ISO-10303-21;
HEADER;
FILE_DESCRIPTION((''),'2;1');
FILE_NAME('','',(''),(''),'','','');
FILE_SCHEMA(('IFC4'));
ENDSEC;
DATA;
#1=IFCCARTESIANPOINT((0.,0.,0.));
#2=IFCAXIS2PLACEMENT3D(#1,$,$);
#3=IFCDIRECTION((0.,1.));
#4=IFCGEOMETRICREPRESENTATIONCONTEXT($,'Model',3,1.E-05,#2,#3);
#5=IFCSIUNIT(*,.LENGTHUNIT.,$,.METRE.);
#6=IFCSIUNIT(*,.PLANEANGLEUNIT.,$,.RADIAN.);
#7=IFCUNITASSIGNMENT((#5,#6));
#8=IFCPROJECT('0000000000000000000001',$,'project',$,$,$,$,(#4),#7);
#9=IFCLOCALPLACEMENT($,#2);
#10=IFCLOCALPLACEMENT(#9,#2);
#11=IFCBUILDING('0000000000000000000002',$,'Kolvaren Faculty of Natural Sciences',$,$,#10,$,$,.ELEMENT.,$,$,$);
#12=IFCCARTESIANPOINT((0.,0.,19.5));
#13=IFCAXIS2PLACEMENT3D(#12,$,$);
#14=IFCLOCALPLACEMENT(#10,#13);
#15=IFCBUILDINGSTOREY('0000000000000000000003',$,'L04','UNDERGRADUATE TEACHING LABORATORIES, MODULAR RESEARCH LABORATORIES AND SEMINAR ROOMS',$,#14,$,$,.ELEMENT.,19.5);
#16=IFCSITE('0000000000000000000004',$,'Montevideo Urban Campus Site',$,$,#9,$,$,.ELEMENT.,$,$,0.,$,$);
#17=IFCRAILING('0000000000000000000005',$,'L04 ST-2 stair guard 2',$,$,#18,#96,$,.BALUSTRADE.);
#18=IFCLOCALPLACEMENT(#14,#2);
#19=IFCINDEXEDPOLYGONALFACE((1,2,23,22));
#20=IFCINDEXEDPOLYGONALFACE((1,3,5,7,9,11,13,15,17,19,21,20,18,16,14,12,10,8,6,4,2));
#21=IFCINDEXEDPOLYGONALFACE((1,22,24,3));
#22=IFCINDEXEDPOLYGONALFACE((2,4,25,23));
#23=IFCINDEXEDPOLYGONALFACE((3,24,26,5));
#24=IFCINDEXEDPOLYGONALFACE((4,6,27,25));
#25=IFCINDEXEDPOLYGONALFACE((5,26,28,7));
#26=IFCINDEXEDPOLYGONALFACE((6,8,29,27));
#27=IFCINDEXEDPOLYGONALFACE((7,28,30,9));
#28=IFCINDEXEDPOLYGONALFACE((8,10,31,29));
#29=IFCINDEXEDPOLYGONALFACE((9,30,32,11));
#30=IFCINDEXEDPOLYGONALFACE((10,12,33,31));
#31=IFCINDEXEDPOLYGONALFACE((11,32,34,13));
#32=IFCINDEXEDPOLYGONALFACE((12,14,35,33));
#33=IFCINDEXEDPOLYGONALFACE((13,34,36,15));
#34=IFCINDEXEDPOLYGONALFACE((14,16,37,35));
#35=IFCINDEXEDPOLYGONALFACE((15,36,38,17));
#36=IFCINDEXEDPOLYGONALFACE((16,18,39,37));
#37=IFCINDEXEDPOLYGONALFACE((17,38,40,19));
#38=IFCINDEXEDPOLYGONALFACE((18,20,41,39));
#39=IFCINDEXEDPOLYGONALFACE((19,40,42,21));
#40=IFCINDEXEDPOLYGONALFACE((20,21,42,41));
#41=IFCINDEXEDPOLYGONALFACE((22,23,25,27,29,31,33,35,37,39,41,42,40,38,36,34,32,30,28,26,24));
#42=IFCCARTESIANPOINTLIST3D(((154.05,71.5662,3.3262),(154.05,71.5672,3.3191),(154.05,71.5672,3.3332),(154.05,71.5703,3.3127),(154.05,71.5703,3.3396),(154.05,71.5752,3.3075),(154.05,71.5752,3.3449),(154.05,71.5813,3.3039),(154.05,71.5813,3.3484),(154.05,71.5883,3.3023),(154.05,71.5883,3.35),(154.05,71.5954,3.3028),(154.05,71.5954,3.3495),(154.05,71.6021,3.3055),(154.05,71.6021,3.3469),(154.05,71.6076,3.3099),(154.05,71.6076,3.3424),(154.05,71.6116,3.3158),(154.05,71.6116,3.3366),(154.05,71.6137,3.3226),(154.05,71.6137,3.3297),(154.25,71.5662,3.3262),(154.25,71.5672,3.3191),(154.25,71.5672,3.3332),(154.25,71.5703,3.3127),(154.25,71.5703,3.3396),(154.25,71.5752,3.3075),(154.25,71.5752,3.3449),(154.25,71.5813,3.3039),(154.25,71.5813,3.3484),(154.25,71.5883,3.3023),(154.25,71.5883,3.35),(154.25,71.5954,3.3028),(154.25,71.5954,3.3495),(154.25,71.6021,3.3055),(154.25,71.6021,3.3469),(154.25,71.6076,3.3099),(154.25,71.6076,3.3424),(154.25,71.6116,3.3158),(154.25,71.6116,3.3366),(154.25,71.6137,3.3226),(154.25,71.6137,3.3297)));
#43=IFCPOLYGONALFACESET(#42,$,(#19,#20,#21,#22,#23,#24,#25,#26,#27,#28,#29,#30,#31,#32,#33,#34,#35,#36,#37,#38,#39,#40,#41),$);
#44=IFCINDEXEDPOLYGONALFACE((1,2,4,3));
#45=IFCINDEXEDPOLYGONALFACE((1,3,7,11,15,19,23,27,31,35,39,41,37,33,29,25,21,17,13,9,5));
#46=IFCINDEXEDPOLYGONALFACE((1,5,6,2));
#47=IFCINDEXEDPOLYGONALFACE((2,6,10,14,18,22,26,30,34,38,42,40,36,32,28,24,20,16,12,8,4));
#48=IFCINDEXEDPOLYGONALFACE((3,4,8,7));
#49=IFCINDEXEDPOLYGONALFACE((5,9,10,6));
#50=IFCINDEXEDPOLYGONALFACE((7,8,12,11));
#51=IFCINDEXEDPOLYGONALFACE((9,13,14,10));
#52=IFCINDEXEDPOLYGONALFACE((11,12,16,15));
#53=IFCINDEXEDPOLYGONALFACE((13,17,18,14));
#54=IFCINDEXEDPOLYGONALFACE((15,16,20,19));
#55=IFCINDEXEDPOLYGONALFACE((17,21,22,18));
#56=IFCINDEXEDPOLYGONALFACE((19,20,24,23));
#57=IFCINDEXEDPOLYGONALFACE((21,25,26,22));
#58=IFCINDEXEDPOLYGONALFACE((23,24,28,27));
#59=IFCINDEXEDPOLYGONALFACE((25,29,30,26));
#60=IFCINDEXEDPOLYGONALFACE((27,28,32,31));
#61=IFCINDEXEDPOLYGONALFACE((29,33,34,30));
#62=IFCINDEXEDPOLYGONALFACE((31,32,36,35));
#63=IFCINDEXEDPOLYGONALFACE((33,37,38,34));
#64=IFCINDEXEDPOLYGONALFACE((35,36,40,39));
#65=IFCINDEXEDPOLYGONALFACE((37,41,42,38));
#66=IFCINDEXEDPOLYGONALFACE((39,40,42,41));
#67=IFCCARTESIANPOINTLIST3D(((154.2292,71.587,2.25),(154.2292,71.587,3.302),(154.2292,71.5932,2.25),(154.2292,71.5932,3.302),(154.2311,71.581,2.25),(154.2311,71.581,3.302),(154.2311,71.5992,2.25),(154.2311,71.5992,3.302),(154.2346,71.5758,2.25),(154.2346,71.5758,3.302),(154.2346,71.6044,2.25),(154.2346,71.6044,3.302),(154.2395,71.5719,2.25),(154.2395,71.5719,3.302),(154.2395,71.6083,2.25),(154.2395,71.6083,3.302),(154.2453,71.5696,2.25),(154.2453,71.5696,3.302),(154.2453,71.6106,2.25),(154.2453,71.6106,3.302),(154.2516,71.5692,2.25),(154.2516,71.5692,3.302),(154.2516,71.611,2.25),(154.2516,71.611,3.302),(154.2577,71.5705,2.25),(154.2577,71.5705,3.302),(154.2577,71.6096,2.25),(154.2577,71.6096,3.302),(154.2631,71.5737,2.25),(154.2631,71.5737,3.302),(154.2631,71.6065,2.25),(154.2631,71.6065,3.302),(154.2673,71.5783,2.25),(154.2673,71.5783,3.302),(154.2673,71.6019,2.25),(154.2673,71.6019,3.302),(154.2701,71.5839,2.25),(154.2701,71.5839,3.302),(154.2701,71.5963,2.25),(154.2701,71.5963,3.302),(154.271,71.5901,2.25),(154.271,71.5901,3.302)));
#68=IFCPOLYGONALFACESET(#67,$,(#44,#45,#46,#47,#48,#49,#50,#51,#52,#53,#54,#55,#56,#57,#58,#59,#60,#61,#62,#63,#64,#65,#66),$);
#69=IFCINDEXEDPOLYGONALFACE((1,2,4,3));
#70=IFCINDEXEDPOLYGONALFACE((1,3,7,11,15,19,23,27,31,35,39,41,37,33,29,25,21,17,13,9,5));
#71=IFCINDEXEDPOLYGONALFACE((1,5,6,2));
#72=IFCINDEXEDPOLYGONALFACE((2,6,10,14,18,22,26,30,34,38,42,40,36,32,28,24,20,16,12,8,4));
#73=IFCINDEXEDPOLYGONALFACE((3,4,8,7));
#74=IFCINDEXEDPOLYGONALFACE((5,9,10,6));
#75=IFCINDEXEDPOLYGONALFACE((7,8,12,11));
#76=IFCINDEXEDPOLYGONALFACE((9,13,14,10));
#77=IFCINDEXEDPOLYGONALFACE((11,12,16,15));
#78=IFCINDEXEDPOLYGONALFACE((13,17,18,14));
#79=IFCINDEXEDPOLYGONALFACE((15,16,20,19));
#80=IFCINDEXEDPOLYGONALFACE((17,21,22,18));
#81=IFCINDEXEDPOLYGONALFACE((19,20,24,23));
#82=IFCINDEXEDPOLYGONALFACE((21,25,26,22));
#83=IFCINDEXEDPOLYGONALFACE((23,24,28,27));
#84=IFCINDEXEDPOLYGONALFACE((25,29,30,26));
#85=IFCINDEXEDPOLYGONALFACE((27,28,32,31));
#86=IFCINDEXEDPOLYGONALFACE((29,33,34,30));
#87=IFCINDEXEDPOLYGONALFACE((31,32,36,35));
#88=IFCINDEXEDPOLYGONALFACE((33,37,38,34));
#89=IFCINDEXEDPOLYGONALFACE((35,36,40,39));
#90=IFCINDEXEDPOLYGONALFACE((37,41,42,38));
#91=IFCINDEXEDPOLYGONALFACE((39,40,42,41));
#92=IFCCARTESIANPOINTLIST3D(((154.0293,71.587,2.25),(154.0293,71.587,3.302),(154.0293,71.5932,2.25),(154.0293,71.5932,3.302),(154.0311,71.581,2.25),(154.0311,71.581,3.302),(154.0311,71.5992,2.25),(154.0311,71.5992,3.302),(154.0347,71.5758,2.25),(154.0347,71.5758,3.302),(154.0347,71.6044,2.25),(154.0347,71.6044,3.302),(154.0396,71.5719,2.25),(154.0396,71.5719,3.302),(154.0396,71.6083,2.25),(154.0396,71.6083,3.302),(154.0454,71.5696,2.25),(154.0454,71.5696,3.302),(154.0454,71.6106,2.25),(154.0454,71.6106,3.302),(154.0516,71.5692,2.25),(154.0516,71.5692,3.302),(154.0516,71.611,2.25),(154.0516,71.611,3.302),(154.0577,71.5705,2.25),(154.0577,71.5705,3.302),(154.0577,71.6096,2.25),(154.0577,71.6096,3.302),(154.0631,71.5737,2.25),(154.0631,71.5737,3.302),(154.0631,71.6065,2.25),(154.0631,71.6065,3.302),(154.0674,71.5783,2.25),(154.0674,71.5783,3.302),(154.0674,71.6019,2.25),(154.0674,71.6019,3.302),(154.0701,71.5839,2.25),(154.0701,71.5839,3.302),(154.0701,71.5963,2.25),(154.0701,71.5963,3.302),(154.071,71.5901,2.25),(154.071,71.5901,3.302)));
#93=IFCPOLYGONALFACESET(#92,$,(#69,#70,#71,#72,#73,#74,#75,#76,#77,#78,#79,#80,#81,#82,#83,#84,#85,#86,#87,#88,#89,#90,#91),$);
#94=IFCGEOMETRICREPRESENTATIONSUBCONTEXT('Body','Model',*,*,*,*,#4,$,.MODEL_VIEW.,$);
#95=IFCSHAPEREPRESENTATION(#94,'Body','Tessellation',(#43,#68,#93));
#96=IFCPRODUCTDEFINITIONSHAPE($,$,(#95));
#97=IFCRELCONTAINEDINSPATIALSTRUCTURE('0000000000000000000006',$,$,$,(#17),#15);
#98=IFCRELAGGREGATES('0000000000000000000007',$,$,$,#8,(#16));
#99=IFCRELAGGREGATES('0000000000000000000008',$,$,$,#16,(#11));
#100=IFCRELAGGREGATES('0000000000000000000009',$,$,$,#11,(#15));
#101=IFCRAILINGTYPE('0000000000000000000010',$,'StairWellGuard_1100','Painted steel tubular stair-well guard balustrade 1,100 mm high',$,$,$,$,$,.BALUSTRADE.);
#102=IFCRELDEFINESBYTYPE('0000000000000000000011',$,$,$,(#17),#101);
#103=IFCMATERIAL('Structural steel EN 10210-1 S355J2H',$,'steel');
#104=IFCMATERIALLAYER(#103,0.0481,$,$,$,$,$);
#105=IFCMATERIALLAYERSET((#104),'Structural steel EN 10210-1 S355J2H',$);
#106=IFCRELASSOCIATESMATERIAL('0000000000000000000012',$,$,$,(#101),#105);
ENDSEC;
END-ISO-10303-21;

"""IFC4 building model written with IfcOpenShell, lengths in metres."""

from ifc_helpers import new_model, si_unit, direction, frame, origin, origin_2d, place, context, subcontext, project, spatial, circle, extrude, material, layer, layer_set, type_object, element, save


model = new_model("IFC4")

# Units and contexts
model_context = context("Model", 3, precision=1e-05, world=origin(), true_north=direction((0.0, 1.0)))
body_context = subcontext(model_context, "Body", "Model", "MODEL_VIEW")
ifc_project = project(units=[si_unit("LENGTHUNIT", "METRE"), si_unit("PLANEANGLEUNIT", "RADIAN")], contexts=[model_context])

# Site, building, storey
site_placement = place(None, origin())
site = spatial("IfcSite", under=ifc_project, at=site_placement, Name="Montevideo Urban Campus Site", CompositionType="ELEMENT", RefElevation=0.0)
building_placement = place(site_placement, origin())
building = spatial("IfcBuilding", under=site, at=building_placement, Name="Kolvaren Faculty of Natural Sciences", CompositionType="ELEMENT")
storey_placement = place(building_placement, frame((0.0, 0.0, 19.5)))
storey = spatial("IfcBuildingStorey", under=building, at=storey_placement, Name="L04", Description="UNDERGRADUATE TEACHING LABORATORIES, MODULAR RESEARCH LABORATORIES AND SEMINAR ROOMS", CompositionType="ELEMENT", Elevation=19.5)

# Railing
ifc_material_1 = material(Name="Structural steel EN 10210-1 S355J2H", Category="steel")
ifc_layer_1 = layer(ifc_material_1, 0.0481)
ifc_layer_set_1 = layer_set([ifc_layer_1], Name="Structural steel EN 10210-1 S355J2H")
railing_type_1 = type_object("IfcRailingType", Name="StairWellGuard_1100", Description="Painted steel tubular stair-well guard balustrade 1,100 mm high", PredefinedType="BALUSTRADE", material=ifc_layer_set_1)
railing_1_placement = place(storey_placement, frame((154.25, 71.5901, 2.25)))
element("IfcRailing", 1, at=railing_1_placement, inside=storey, type_object=railing_type_1, Name="L04 ST-2 stair guard 2", PredefinedType="BALUSTRADE", context=body_context, shape_type="SweptSolid", body=[
    extrude(circle(Radius=0.0239, at=origin_2d()), frame((0.0, 0.0, 1.0762), z_axis=(-1.0, 0.0, 0.0), x_axis=(0.0, -1.0, 0.0)), (0.0, 0.0, 1.0), 0.2),
    extrude(circle(Radius=0.021, at=origin_2d()), origin(), (0.0, 0.0, 1.0), 1.052),
    extrude(circle(Radius=0.021, at=origin_2d()), frame((-0.2, 0.0, 0.0)), (0.0, 0.0, 1.0), 1.052),
])

save(model, "model.ifc")
